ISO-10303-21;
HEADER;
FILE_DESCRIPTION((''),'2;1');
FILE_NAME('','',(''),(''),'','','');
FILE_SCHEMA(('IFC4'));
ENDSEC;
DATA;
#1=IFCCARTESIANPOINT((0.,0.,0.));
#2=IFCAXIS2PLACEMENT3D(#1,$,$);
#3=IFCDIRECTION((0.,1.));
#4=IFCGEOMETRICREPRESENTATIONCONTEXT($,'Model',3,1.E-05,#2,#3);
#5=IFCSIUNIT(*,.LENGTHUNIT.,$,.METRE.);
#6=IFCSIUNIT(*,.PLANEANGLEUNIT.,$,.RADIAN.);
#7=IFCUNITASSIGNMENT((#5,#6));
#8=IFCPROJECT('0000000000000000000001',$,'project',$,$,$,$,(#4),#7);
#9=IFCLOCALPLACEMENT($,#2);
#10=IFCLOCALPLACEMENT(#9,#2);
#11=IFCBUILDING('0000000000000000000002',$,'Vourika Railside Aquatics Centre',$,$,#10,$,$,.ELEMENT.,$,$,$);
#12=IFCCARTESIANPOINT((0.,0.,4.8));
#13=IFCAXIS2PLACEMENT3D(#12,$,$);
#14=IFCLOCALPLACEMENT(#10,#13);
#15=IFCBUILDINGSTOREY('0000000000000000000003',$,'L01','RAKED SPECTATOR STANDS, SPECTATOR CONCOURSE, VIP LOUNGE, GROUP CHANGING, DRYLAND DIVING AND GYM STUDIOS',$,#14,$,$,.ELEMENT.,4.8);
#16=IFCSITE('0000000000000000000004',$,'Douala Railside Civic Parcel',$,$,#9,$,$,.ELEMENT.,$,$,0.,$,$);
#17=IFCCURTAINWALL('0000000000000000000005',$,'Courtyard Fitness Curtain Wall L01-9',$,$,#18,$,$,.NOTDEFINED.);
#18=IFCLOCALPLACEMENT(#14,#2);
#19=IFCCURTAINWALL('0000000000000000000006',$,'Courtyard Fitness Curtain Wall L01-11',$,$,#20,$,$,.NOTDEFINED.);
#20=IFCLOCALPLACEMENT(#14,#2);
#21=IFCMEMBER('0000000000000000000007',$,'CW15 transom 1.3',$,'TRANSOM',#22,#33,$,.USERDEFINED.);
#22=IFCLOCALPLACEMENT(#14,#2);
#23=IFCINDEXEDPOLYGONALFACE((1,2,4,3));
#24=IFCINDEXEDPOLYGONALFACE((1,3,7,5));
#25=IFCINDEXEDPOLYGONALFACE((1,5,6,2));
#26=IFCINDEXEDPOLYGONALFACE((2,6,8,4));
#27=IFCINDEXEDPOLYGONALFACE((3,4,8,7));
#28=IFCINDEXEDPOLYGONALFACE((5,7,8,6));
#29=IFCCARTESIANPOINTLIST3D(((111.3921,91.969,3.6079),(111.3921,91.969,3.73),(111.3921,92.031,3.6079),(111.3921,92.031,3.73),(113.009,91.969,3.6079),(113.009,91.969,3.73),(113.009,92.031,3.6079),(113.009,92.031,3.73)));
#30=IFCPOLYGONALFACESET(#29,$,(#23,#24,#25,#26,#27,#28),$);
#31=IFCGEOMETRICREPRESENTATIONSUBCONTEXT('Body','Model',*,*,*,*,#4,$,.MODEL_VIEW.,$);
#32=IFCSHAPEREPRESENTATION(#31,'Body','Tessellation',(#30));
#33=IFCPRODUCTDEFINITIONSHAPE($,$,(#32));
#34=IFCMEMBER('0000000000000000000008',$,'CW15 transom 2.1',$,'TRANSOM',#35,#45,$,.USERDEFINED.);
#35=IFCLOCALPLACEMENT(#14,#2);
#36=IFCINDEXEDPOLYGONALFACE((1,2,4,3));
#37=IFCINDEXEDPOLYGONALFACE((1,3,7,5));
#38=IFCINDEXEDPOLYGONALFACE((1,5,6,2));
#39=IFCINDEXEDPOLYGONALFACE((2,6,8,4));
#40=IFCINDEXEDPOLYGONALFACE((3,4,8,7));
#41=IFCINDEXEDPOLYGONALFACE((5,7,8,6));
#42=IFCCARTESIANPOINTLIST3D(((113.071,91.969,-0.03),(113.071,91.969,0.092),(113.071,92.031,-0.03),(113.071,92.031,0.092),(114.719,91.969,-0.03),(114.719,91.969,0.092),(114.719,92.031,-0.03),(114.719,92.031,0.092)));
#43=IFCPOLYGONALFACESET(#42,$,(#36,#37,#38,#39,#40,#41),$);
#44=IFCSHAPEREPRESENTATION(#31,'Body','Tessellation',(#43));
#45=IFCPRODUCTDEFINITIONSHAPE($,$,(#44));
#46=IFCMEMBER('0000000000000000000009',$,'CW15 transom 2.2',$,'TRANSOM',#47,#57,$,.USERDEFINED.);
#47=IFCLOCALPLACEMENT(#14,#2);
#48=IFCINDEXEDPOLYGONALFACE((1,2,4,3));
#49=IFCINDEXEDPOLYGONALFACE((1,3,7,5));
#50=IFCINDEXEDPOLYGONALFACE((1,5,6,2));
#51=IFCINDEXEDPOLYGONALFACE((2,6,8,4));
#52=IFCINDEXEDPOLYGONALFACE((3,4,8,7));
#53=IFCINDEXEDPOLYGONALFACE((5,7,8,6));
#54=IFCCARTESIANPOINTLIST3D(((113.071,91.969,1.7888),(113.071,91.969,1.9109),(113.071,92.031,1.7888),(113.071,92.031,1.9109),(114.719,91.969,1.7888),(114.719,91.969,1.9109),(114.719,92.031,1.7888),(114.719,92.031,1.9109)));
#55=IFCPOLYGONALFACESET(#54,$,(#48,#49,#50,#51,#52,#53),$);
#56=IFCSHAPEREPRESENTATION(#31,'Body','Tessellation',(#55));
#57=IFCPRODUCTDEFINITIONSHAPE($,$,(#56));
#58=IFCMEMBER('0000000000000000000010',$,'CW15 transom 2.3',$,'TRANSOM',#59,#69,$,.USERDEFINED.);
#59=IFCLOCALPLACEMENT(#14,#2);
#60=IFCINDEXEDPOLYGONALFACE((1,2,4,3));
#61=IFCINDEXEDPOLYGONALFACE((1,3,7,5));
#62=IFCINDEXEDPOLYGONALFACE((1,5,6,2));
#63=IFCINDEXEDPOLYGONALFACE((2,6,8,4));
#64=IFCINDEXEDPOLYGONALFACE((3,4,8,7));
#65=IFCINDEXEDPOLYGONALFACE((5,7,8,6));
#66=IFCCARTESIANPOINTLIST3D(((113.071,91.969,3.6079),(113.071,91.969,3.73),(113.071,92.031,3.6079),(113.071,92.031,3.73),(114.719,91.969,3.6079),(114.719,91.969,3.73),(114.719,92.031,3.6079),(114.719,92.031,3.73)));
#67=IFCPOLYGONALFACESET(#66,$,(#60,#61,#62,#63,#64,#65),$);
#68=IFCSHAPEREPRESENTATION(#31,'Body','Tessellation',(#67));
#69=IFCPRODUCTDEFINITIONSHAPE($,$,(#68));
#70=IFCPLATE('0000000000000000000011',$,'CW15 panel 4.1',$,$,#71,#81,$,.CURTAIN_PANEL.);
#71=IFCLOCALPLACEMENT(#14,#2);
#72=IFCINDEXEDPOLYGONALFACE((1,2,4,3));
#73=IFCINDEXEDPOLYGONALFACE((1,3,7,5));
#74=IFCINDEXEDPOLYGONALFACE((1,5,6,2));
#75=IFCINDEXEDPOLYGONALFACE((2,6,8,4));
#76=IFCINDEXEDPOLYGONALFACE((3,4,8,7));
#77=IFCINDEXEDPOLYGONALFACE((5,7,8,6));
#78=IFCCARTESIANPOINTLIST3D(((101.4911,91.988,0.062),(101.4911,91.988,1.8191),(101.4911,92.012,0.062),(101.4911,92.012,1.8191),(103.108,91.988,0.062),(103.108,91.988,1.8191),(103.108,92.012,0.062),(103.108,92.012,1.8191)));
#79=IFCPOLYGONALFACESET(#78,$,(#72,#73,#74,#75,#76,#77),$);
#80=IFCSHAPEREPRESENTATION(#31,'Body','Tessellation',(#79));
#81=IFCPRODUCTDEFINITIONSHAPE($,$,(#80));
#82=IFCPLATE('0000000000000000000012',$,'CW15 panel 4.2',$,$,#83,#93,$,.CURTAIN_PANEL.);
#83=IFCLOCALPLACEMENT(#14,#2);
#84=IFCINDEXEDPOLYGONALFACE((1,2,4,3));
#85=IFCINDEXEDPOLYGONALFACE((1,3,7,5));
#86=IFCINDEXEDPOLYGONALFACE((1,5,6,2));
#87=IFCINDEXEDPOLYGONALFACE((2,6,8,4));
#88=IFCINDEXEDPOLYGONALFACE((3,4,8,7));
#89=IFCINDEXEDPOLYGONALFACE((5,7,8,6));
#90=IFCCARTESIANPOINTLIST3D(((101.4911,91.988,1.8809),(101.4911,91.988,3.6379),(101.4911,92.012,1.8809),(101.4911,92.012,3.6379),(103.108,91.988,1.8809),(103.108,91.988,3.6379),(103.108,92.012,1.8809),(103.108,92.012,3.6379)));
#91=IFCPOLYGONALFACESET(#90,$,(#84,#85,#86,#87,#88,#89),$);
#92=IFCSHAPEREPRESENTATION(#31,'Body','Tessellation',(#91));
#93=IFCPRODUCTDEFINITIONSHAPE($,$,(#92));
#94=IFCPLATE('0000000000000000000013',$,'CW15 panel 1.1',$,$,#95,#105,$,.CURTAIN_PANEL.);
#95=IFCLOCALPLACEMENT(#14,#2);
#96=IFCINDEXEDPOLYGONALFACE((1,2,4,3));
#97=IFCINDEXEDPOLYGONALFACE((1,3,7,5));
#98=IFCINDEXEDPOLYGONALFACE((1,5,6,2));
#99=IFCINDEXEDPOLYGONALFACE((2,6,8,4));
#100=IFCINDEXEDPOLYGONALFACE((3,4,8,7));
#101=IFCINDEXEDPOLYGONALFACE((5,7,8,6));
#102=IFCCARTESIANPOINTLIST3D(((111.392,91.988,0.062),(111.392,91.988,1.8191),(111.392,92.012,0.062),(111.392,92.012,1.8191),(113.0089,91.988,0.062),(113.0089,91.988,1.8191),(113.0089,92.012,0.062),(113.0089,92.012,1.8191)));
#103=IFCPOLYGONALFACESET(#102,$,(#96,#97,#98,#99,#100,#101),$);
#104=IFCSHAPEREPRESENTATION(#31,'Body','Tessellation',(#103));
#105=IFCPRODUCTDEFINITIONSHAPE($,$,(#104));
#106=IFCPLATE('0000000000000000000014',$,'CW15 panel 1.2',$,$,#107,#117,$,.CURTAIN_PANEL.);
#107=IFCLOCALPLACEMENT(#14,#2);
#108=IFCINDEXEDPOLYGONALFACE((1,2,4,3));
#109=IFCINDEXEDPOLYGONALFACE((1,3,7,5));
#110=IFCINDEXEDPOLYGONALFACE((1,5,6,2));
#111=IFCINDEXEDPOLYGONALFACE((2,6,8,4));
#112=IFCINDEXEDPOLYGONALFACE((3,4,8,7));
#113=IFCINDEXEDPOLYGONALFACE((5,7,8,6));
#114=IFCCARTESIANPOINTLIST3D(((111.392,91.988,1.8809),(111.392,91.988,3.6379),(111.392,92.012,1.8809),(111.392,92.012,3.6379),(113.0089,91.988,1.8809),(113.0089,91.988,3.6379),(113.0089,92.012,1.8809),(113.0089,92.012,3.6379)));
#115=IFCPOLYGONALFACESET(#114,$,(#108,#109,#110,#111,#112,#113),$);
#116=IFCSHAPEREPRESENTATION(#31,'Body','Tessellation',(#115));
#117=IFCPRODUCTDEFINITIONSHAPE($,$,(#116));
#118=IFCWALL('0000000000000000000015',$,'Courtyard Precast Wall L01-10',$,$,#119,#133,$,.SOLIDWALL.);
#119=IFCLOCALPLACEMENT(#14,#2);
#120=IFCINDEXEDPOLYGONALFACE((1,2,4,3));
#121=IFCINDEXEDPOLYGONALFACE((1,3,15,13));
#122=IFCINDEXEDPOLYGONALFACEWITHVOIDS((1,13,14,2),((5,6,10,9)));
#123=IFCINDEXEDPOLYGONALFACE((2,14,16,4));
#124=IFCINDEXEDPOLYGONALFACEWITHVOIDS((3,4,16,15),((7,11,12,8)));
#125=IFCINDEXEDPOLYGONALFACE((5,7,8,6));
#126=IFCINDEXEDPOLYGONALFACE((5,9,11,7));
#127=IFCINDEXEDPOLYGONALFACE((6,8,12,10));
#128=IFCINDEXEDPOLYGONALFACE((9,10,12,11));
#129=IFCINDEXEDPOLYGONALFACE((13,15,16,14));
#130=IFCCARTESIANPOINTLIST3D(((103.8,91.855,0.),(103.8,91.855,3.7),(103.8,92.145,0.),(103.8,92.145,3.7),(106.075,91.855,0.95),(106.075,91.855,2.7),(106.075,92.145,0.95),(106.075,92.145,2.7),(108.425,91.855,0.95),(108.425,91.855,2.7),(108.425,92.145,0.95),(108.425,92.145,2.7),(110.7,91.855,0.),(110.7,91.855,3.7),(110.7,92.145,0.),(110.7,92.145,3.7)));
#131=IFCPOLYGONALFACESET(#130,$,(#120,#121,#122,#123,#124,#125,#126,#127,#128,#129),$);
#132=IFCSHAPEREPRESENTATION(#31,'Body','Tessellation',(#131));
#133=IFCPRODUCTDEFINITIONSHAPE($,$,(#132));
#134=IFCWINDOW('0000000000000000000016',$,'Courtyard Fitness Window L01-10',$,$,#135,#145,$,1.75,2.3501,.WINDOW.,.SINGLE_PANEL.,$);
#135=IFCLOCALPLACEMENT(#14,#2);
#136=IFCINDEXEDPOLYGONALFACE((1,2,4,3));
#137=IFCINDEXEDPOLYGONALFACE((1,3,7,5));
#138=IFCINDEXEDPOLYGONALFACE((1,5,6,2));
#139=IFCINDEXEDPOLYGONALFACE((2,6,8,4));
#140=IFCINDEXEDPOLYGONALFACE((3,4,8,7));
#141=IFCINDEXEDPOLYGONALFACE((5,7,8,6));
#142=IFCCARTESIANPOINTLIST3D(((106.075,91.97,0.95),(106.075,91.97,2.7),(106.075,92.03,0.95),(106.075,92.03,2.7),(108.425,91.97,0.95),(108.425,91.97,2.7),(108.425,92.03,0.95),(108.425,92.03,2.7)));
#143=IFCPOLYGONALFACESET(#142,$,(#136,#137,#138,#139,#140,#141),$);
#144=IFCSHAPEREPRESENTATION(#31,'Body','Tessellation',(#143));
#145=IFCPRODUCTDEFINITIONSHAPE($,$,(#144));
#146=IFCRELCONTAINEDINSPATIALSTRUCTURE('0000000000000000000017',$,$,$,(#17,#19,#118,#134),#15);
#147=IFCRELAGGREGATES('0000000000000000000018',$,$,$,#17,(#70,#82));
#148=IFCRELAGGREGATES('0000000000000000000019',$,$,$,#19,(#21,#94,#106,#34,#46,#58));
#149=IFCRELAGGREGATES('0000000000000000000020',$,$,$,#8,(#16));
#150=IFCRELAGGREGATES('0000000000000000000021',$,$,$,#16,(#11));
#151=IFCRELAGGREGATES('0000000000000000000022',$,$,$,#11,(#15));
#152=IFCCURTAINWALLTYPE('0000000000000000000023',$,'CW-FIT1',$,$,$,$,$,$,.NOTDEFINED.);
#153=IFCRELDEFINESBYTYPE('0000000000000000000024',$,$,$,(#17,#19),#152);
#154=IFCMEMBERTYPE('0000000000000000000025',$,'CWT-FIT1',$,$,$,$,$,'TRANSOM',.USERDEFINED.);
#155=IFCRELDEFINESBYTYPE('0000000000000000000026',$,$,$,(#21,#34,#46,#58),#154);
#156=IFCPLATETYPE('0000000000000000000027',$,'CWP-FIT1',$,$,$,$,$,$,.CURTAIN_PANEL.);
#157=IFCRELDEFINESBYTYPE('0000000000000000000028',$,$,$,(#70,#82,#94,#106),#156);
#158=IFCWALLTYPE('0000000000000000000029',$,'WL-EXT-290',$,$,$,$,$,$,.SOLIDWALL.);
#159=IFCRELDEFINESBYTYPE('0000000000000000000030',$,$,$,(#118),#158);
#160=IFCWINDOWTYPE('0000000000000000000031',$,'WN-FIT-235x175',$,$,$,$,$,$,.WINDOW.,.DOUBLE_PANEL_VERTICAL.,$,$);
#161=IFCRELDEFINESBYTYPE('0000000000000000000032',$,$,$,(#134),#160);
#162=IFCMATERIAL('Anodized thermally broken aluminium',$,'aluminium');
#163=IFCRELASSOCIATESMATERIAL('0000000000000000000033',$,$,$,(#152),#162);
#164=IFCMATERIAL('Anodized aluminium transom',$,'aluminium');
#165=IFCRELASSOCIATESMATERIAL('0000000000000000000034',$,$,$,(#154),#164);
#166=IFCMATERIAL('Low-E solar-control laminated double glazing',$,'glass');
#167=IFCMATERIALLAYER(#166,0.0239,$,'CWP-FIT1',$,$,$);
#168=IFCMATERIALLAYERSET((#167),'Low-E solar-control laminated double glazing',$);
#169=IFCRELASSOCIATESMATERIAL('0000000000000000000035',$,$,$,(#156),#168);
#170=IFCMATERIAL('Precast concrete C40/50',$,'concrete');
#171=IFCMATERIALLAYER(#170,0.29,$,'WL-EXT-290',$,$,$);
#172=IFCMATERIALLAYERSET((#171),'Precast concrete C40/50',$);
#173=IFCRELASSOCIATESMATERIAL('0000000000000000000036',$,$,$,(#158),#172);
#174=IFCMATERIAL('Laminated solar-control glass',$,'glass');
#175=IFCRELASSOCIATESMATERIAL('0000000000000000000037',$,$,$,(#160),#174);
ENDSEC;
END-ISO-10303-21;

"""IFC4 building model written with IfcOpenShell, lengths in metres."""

from ifc_helpers import new_model, si_unit, direction, frame, frame_2d, origin, origin_2d, place, context, subcontext, project, spatial, rectangle, extrude, material, layer, layer_set, material_profile, profile_set, type_object, element, fill, aggregate, save


model = new_model("IFC4")

# Units and contexts
model_context = context("Model", 3, precision=1e-05, world=origin(), true_north=direction((0.0, 1.0)))
body_context = subcontext(model_context, "Body", "Model", "MODEL_VIEW")
ifc_project = project(units=[si_unit("LENGTHUNIT", "METRE"), si_unit("PLANEANGLEUNIT", "RADIAN")], contexts=[model_context])

# Site, building, storey
site_placement = place(None, origin())
site = spatial("IfcSite", under=ifc_project, at=site_placement, Name="Douala Railside Civic Parcel", CompositionType="ELEMENT", RefElevation=0.0)
building_placement = place(site_placement, origin())
building = spatial("IfcBuilding", under=site, at=building_placement, Name="Vourika Railside Aquatics Centre", CompositionType="ELEMENT")
storey_placement = place(building_placement, frame((0.0, 0.0, 4.8)))
storey = spatial("IfcBuildingStorey", under=building, at=storey_placement, Name="L01", Description="RAKED SPECTATOR STANDS, SPECTATOR CONCOURSE, VIP LOUNGE, GROUP CHANGING, DRYLAND DIVING AND GYM STUDIOS", CompositionType="ELEMENT", Elevation=4.8)

# Curtain wall
ifc_material_1 = material(Name="Anodized thermally broken aluminium", Category="aluminium")
curtain_wall_type = type_object("IfcCurtainWallType", Name="CW-FIT1", PredefinedType="NOTDEFINED", material=ifc_material_1)
curtain_wall_1_placement = place(storey_placement, origin())
curtain_wall_1 = element("IfcCurtainWall", 1, at=curtain_wall_1_placement, inside=storey, type_object=curtain_wall_type, Name="Courtyard Fitness Curtain Wall L01-9", PredefinedType="NOTDEFINED")

# Curtain wall
curtain_wall_2_placement = place(storey_placement, origin())
curtain_wall_2 = element("IfcCurtainWall", 2, at=curtain_wall_2_placement, inside=storey, type_object=curtain_wall_type, Name="Courtyard Fitness Curtain Wall L01-11", PredefinedType="NOTDEFINED")

# Members
ifc_material_2 = material(Name="Anodized aluminium transom", Category="aluminium")
ifc_material_profile_1 = material_profile(ifc_material_2, rectangle(XDim=0.062, YDim=0.1221, at=origin_2d()), Name="ALU-T 62x122")
ifc_profile_set_1 = profile_set([ifc_material_profile_1], Name="Anodized aluminium transom")
member_type_1 = type_object("IfcMemberType", Name="CWT-FIT1", ElementType="TRANSOM", PredefinedType="USERDEFINED", material=ifc_profile_set_1)
member_1_placement = place(storey_placement, frame((111.3921, 92.0, 3.6689), z_axis=(1.0, 0.0, 0.0), x_axis=(0.0, 1.0, 0.0)))
member_1 = element("IfcMember", 3, at=member_1_placement, type_object=member_type_1, Name="CW15 transom 1.3", ObjectType="TRANSOM", PredefinedType="USERDEFINED", context=body_context, shape_type="SweptSolid", body=[
    extrude(rectangle(XDim=0.062, YDim=0.1221, at=origin_2d()), origin(), (0.0, 0.0, 1.0), 1.6169),
])
member_2_placement = place(storey_placement, frame((113.071, 92.0, 0.031), z_axis=(1.0, 0.0, 0.0), x_axis=(0.0, 1.0, 0.0)))
member_2 = element("IfcMember", 4, at=member_2_placement, type_object=member_type_1, Name="CW15 transom 2.1", ObjectType="TRANSOM", PredefinedType="USERDEFINED", context=body_context, shape_type="SweptSolid", body=[
    extrude(rectangle(XDim=0.062, YDim=0.1221, at=origin_2d()), origin(), (0.0, 0.0, 1.0), 1.6479),
])
member_3_placement = place(storey_placement, frame((113.071, 92.0, 1.8499), z_axis=(1.0, 0.0, 0.0), x_axis=(0.0, 1.0, 0.0)))
member_3 = element("IfcMember", 5, at=member_3_placement, type_object=member_type_1, Name="CW15 transom 2.2", ObjectType="TRANSOM", PredefinedType="USERDEFINED", context=body_context, shape_type="SweptSolid", body=[
    extrude(rectangle(XDim=0.062, YDim=0.1221, at=origin_2d()), origin(), (0.0, 0.0, 1.0), 1.6479),
])
member_4_placement = place(storey_placement, frame((113.071, 92.0, 3.6689), z_axis=(1.0, 0.0, 0.0), x_axis=(0.0, 1.0, 0.0)))
member_4 = element("IfcMember", 6, at=member_4_placement, type_object=member_type_1, Name="CW15 transom 2.3", ObjectType="TRANSOM", PredefinedType="USERDEFINED", context=body_context, shape_type="SweptSolid", body=[
    extrude(rectangle(XDim=0.062, YDim=0.1221, at=origin_2d()), origin(), (0.0, 0.0, 1.0), 1.6479),
])

# Plates
ifc_material_3 = material(Name="Low-E solar-control laminated double glazing", Category="glass")
ifc_layer_1 = layer(ifc_material_3, 0.0239, Name="CWP-FIT1")
ifc_layer_set_1 = layer_set([ifc_layer_1], Name="Low-E solar-control laminated double glazing")
plate_type = type_object("IfcPlateType", Name="CWP-FIT1", PredefinedType="CURTAIN_PANEL", material=ifc_layer_set_1)
plate_1_placement = place(storey_placement, frame((102.2996, 92.0, 0.062), z_axis=(0.0, 0.0, 1.0), x_axis=(1.0, 0.0, 0.0)))
plate_1 = element("IfcPlate", 7, at=plate_1_placement, type_object=plate_type, Name="CW15 panel 4.1", PredefinedType="CURTAIN_PANEL", context=body_context, shape_type="SweptSolid", body=[
    extrude(rectangle(XDim=1.6169, YDim=0.0239, at=origin_2d()), origin(), (0.0, 0.0, 1.0), 1.7571),
])
plate_2_placement = place(storey_placement, frame((102.2996, 92.0, 1.8809), z_axis=(0.0, 0.0, 1.0), x_axis=(1.0, 0.0, 0.0)))
plate_2 = element("IfcPlate", 8, at=plate_2_placement, type_object=plate_type, Name="CW15 panel 4.2", PredefinedType="CURTAIN_PANEL", context=body_context, shape_type="SweptSolid", body=[
    extrude(rectangle(XDim=1.6169, YDim=0.0239, at=origin_2d()), origin(), (0.0, 0.0, 1.0), 1.7571),
])
aggregate(curtain_wall_1, [plate_1, plate_2])
plate_3_placement = place(storey_placement, frame((112.2004, 92.0, 0.062), z_axis=(0.0, 0.0, 1.0), x_axis=(1.0, 0.0, 0.0)))
plate_3 = element("IfcPlate", 9, at=plate_3_placement, type_object=plate_type, Name="CW15 panel 1.1", PredefinedType="CURTAIN_PANEL", context=body_context, shape_type="SweptSolid", body=[
    extrude(rectangle(XDim=1.6169, YDim=0.0239, at=origin_2d()), origin(), (0.0, 0.0, 1.0), 1.7571),
])
plate_4_placement = place(storey_placement, frame((112.2004, 92.0, 1.8809), z_axis=(0.0, 0.0, 1.0), x_axis=(1.0, 0.0, 0.0)))
plate_4 = element("IfcPlate", 10, at=plate_4_placement, type_object=plate_type, Name="CW15 panel 1.2", PredefinedType="CURTAIN_PANEL", context=body_context, shape_type="SweptSolid", body=[
    extrude(rectangle(XDim=1.6169, YDim=0.0239, at=origin_2d()), origin(), (0.0, 0.0, 1.0), 1.7571),
])
aggregate(curtain_wall_2, [member_1, plate_3, plate_4, member_2, member_3, member_4])

# Wall, opening, window
ifc_material_4 = material(Name="Precast concrete C40/50", Category="concrete")
ifc_layer_2 = layer(ifc_material_4, 0.29, Name="WL-EXT-290")
ifc_layer_set_2 = layer_set([ifc_layer_2], Name="Precast concrete C40/50")
wall_type = type_object("IfcWallType", Name="WL-EXT-290", PredefinedType="SOLIDWALL", material=ifc_layer_set_2)
wall_placement = place(storey_placement, frame((103.8, 92.0, 0.0), z_axis=(0.0, 0.0, 1.0), x_axis=(1.0, 0.0, 0.0)))
wall = element("IfcWall", 11, at=wall_placement, inside=storey, type_object=wall_type, Name="Courtyard Precast Wall L01-10", PredefinedType="SOLIDWALL", context=body_context, shape_type="SweptSolid", body=[
    extrude(rectangle(XDim=6.8999, YDim=0.29, at=frame_2d((3.45, 0.0))), origin(), (0.0, 0.0, 1.0), 3.7),
])
opening_placement = place(wall_placement, frame((2.2749, 0.0, 0.95)))
opening = element("IfcOpeningElement", 12, at=opening_placement, cuts=wall, PredefinedType="OPENING", context=body_context, shape_type="SweptSolid", body=[
    extrude(rectangle(XDim=2.3501, YDim=1.75, at=frame_2d((1.175, 0.875))), frame((0.0, 0.155, 0.0), z_axis=(0.0, -1.0, 0.0), x_axis=(1.0, 0.0, 0.0)), (0.0, 0.0, 1.0), 0.3101),
])
ifc_material_5 = material(Name="Laminated solar-control glass", Category="glass")
window_type = type_object("IfcWindowType", Name="WN-FIT-235x175", PartitioningType="DOUBLE_PANEL_VERTICAL", PredefinedType="WINDOW", material=ifc_material_5)
window_placement = place(opening_placement, origin())
window = element("IfcWindow", 13, at=window_placement, inside=storey, type_object=window_type, Name="Courtyard Fitness Window L01-10", OverallHeight=1.75, OverallWidth=2.3501, PartitioningType="SINGLE_PANEL", PredefinedType="WINDOW", context=body_context, shape_type="SweptSolid", body=[
    extrude(rectangle(XDim=2.3501, YDim=1.75, at=frame_2d((1.175, 0.875))), frame((0.0, 0.03, 0.0), z_axis=(0.0, -1.0, 0.0), x_axis=(1.0, 0.0, 0.0)), (0.0, 0.0, 1.0), 0.0601),
])
fill(opening, window)

save(model, "model.ifc")
